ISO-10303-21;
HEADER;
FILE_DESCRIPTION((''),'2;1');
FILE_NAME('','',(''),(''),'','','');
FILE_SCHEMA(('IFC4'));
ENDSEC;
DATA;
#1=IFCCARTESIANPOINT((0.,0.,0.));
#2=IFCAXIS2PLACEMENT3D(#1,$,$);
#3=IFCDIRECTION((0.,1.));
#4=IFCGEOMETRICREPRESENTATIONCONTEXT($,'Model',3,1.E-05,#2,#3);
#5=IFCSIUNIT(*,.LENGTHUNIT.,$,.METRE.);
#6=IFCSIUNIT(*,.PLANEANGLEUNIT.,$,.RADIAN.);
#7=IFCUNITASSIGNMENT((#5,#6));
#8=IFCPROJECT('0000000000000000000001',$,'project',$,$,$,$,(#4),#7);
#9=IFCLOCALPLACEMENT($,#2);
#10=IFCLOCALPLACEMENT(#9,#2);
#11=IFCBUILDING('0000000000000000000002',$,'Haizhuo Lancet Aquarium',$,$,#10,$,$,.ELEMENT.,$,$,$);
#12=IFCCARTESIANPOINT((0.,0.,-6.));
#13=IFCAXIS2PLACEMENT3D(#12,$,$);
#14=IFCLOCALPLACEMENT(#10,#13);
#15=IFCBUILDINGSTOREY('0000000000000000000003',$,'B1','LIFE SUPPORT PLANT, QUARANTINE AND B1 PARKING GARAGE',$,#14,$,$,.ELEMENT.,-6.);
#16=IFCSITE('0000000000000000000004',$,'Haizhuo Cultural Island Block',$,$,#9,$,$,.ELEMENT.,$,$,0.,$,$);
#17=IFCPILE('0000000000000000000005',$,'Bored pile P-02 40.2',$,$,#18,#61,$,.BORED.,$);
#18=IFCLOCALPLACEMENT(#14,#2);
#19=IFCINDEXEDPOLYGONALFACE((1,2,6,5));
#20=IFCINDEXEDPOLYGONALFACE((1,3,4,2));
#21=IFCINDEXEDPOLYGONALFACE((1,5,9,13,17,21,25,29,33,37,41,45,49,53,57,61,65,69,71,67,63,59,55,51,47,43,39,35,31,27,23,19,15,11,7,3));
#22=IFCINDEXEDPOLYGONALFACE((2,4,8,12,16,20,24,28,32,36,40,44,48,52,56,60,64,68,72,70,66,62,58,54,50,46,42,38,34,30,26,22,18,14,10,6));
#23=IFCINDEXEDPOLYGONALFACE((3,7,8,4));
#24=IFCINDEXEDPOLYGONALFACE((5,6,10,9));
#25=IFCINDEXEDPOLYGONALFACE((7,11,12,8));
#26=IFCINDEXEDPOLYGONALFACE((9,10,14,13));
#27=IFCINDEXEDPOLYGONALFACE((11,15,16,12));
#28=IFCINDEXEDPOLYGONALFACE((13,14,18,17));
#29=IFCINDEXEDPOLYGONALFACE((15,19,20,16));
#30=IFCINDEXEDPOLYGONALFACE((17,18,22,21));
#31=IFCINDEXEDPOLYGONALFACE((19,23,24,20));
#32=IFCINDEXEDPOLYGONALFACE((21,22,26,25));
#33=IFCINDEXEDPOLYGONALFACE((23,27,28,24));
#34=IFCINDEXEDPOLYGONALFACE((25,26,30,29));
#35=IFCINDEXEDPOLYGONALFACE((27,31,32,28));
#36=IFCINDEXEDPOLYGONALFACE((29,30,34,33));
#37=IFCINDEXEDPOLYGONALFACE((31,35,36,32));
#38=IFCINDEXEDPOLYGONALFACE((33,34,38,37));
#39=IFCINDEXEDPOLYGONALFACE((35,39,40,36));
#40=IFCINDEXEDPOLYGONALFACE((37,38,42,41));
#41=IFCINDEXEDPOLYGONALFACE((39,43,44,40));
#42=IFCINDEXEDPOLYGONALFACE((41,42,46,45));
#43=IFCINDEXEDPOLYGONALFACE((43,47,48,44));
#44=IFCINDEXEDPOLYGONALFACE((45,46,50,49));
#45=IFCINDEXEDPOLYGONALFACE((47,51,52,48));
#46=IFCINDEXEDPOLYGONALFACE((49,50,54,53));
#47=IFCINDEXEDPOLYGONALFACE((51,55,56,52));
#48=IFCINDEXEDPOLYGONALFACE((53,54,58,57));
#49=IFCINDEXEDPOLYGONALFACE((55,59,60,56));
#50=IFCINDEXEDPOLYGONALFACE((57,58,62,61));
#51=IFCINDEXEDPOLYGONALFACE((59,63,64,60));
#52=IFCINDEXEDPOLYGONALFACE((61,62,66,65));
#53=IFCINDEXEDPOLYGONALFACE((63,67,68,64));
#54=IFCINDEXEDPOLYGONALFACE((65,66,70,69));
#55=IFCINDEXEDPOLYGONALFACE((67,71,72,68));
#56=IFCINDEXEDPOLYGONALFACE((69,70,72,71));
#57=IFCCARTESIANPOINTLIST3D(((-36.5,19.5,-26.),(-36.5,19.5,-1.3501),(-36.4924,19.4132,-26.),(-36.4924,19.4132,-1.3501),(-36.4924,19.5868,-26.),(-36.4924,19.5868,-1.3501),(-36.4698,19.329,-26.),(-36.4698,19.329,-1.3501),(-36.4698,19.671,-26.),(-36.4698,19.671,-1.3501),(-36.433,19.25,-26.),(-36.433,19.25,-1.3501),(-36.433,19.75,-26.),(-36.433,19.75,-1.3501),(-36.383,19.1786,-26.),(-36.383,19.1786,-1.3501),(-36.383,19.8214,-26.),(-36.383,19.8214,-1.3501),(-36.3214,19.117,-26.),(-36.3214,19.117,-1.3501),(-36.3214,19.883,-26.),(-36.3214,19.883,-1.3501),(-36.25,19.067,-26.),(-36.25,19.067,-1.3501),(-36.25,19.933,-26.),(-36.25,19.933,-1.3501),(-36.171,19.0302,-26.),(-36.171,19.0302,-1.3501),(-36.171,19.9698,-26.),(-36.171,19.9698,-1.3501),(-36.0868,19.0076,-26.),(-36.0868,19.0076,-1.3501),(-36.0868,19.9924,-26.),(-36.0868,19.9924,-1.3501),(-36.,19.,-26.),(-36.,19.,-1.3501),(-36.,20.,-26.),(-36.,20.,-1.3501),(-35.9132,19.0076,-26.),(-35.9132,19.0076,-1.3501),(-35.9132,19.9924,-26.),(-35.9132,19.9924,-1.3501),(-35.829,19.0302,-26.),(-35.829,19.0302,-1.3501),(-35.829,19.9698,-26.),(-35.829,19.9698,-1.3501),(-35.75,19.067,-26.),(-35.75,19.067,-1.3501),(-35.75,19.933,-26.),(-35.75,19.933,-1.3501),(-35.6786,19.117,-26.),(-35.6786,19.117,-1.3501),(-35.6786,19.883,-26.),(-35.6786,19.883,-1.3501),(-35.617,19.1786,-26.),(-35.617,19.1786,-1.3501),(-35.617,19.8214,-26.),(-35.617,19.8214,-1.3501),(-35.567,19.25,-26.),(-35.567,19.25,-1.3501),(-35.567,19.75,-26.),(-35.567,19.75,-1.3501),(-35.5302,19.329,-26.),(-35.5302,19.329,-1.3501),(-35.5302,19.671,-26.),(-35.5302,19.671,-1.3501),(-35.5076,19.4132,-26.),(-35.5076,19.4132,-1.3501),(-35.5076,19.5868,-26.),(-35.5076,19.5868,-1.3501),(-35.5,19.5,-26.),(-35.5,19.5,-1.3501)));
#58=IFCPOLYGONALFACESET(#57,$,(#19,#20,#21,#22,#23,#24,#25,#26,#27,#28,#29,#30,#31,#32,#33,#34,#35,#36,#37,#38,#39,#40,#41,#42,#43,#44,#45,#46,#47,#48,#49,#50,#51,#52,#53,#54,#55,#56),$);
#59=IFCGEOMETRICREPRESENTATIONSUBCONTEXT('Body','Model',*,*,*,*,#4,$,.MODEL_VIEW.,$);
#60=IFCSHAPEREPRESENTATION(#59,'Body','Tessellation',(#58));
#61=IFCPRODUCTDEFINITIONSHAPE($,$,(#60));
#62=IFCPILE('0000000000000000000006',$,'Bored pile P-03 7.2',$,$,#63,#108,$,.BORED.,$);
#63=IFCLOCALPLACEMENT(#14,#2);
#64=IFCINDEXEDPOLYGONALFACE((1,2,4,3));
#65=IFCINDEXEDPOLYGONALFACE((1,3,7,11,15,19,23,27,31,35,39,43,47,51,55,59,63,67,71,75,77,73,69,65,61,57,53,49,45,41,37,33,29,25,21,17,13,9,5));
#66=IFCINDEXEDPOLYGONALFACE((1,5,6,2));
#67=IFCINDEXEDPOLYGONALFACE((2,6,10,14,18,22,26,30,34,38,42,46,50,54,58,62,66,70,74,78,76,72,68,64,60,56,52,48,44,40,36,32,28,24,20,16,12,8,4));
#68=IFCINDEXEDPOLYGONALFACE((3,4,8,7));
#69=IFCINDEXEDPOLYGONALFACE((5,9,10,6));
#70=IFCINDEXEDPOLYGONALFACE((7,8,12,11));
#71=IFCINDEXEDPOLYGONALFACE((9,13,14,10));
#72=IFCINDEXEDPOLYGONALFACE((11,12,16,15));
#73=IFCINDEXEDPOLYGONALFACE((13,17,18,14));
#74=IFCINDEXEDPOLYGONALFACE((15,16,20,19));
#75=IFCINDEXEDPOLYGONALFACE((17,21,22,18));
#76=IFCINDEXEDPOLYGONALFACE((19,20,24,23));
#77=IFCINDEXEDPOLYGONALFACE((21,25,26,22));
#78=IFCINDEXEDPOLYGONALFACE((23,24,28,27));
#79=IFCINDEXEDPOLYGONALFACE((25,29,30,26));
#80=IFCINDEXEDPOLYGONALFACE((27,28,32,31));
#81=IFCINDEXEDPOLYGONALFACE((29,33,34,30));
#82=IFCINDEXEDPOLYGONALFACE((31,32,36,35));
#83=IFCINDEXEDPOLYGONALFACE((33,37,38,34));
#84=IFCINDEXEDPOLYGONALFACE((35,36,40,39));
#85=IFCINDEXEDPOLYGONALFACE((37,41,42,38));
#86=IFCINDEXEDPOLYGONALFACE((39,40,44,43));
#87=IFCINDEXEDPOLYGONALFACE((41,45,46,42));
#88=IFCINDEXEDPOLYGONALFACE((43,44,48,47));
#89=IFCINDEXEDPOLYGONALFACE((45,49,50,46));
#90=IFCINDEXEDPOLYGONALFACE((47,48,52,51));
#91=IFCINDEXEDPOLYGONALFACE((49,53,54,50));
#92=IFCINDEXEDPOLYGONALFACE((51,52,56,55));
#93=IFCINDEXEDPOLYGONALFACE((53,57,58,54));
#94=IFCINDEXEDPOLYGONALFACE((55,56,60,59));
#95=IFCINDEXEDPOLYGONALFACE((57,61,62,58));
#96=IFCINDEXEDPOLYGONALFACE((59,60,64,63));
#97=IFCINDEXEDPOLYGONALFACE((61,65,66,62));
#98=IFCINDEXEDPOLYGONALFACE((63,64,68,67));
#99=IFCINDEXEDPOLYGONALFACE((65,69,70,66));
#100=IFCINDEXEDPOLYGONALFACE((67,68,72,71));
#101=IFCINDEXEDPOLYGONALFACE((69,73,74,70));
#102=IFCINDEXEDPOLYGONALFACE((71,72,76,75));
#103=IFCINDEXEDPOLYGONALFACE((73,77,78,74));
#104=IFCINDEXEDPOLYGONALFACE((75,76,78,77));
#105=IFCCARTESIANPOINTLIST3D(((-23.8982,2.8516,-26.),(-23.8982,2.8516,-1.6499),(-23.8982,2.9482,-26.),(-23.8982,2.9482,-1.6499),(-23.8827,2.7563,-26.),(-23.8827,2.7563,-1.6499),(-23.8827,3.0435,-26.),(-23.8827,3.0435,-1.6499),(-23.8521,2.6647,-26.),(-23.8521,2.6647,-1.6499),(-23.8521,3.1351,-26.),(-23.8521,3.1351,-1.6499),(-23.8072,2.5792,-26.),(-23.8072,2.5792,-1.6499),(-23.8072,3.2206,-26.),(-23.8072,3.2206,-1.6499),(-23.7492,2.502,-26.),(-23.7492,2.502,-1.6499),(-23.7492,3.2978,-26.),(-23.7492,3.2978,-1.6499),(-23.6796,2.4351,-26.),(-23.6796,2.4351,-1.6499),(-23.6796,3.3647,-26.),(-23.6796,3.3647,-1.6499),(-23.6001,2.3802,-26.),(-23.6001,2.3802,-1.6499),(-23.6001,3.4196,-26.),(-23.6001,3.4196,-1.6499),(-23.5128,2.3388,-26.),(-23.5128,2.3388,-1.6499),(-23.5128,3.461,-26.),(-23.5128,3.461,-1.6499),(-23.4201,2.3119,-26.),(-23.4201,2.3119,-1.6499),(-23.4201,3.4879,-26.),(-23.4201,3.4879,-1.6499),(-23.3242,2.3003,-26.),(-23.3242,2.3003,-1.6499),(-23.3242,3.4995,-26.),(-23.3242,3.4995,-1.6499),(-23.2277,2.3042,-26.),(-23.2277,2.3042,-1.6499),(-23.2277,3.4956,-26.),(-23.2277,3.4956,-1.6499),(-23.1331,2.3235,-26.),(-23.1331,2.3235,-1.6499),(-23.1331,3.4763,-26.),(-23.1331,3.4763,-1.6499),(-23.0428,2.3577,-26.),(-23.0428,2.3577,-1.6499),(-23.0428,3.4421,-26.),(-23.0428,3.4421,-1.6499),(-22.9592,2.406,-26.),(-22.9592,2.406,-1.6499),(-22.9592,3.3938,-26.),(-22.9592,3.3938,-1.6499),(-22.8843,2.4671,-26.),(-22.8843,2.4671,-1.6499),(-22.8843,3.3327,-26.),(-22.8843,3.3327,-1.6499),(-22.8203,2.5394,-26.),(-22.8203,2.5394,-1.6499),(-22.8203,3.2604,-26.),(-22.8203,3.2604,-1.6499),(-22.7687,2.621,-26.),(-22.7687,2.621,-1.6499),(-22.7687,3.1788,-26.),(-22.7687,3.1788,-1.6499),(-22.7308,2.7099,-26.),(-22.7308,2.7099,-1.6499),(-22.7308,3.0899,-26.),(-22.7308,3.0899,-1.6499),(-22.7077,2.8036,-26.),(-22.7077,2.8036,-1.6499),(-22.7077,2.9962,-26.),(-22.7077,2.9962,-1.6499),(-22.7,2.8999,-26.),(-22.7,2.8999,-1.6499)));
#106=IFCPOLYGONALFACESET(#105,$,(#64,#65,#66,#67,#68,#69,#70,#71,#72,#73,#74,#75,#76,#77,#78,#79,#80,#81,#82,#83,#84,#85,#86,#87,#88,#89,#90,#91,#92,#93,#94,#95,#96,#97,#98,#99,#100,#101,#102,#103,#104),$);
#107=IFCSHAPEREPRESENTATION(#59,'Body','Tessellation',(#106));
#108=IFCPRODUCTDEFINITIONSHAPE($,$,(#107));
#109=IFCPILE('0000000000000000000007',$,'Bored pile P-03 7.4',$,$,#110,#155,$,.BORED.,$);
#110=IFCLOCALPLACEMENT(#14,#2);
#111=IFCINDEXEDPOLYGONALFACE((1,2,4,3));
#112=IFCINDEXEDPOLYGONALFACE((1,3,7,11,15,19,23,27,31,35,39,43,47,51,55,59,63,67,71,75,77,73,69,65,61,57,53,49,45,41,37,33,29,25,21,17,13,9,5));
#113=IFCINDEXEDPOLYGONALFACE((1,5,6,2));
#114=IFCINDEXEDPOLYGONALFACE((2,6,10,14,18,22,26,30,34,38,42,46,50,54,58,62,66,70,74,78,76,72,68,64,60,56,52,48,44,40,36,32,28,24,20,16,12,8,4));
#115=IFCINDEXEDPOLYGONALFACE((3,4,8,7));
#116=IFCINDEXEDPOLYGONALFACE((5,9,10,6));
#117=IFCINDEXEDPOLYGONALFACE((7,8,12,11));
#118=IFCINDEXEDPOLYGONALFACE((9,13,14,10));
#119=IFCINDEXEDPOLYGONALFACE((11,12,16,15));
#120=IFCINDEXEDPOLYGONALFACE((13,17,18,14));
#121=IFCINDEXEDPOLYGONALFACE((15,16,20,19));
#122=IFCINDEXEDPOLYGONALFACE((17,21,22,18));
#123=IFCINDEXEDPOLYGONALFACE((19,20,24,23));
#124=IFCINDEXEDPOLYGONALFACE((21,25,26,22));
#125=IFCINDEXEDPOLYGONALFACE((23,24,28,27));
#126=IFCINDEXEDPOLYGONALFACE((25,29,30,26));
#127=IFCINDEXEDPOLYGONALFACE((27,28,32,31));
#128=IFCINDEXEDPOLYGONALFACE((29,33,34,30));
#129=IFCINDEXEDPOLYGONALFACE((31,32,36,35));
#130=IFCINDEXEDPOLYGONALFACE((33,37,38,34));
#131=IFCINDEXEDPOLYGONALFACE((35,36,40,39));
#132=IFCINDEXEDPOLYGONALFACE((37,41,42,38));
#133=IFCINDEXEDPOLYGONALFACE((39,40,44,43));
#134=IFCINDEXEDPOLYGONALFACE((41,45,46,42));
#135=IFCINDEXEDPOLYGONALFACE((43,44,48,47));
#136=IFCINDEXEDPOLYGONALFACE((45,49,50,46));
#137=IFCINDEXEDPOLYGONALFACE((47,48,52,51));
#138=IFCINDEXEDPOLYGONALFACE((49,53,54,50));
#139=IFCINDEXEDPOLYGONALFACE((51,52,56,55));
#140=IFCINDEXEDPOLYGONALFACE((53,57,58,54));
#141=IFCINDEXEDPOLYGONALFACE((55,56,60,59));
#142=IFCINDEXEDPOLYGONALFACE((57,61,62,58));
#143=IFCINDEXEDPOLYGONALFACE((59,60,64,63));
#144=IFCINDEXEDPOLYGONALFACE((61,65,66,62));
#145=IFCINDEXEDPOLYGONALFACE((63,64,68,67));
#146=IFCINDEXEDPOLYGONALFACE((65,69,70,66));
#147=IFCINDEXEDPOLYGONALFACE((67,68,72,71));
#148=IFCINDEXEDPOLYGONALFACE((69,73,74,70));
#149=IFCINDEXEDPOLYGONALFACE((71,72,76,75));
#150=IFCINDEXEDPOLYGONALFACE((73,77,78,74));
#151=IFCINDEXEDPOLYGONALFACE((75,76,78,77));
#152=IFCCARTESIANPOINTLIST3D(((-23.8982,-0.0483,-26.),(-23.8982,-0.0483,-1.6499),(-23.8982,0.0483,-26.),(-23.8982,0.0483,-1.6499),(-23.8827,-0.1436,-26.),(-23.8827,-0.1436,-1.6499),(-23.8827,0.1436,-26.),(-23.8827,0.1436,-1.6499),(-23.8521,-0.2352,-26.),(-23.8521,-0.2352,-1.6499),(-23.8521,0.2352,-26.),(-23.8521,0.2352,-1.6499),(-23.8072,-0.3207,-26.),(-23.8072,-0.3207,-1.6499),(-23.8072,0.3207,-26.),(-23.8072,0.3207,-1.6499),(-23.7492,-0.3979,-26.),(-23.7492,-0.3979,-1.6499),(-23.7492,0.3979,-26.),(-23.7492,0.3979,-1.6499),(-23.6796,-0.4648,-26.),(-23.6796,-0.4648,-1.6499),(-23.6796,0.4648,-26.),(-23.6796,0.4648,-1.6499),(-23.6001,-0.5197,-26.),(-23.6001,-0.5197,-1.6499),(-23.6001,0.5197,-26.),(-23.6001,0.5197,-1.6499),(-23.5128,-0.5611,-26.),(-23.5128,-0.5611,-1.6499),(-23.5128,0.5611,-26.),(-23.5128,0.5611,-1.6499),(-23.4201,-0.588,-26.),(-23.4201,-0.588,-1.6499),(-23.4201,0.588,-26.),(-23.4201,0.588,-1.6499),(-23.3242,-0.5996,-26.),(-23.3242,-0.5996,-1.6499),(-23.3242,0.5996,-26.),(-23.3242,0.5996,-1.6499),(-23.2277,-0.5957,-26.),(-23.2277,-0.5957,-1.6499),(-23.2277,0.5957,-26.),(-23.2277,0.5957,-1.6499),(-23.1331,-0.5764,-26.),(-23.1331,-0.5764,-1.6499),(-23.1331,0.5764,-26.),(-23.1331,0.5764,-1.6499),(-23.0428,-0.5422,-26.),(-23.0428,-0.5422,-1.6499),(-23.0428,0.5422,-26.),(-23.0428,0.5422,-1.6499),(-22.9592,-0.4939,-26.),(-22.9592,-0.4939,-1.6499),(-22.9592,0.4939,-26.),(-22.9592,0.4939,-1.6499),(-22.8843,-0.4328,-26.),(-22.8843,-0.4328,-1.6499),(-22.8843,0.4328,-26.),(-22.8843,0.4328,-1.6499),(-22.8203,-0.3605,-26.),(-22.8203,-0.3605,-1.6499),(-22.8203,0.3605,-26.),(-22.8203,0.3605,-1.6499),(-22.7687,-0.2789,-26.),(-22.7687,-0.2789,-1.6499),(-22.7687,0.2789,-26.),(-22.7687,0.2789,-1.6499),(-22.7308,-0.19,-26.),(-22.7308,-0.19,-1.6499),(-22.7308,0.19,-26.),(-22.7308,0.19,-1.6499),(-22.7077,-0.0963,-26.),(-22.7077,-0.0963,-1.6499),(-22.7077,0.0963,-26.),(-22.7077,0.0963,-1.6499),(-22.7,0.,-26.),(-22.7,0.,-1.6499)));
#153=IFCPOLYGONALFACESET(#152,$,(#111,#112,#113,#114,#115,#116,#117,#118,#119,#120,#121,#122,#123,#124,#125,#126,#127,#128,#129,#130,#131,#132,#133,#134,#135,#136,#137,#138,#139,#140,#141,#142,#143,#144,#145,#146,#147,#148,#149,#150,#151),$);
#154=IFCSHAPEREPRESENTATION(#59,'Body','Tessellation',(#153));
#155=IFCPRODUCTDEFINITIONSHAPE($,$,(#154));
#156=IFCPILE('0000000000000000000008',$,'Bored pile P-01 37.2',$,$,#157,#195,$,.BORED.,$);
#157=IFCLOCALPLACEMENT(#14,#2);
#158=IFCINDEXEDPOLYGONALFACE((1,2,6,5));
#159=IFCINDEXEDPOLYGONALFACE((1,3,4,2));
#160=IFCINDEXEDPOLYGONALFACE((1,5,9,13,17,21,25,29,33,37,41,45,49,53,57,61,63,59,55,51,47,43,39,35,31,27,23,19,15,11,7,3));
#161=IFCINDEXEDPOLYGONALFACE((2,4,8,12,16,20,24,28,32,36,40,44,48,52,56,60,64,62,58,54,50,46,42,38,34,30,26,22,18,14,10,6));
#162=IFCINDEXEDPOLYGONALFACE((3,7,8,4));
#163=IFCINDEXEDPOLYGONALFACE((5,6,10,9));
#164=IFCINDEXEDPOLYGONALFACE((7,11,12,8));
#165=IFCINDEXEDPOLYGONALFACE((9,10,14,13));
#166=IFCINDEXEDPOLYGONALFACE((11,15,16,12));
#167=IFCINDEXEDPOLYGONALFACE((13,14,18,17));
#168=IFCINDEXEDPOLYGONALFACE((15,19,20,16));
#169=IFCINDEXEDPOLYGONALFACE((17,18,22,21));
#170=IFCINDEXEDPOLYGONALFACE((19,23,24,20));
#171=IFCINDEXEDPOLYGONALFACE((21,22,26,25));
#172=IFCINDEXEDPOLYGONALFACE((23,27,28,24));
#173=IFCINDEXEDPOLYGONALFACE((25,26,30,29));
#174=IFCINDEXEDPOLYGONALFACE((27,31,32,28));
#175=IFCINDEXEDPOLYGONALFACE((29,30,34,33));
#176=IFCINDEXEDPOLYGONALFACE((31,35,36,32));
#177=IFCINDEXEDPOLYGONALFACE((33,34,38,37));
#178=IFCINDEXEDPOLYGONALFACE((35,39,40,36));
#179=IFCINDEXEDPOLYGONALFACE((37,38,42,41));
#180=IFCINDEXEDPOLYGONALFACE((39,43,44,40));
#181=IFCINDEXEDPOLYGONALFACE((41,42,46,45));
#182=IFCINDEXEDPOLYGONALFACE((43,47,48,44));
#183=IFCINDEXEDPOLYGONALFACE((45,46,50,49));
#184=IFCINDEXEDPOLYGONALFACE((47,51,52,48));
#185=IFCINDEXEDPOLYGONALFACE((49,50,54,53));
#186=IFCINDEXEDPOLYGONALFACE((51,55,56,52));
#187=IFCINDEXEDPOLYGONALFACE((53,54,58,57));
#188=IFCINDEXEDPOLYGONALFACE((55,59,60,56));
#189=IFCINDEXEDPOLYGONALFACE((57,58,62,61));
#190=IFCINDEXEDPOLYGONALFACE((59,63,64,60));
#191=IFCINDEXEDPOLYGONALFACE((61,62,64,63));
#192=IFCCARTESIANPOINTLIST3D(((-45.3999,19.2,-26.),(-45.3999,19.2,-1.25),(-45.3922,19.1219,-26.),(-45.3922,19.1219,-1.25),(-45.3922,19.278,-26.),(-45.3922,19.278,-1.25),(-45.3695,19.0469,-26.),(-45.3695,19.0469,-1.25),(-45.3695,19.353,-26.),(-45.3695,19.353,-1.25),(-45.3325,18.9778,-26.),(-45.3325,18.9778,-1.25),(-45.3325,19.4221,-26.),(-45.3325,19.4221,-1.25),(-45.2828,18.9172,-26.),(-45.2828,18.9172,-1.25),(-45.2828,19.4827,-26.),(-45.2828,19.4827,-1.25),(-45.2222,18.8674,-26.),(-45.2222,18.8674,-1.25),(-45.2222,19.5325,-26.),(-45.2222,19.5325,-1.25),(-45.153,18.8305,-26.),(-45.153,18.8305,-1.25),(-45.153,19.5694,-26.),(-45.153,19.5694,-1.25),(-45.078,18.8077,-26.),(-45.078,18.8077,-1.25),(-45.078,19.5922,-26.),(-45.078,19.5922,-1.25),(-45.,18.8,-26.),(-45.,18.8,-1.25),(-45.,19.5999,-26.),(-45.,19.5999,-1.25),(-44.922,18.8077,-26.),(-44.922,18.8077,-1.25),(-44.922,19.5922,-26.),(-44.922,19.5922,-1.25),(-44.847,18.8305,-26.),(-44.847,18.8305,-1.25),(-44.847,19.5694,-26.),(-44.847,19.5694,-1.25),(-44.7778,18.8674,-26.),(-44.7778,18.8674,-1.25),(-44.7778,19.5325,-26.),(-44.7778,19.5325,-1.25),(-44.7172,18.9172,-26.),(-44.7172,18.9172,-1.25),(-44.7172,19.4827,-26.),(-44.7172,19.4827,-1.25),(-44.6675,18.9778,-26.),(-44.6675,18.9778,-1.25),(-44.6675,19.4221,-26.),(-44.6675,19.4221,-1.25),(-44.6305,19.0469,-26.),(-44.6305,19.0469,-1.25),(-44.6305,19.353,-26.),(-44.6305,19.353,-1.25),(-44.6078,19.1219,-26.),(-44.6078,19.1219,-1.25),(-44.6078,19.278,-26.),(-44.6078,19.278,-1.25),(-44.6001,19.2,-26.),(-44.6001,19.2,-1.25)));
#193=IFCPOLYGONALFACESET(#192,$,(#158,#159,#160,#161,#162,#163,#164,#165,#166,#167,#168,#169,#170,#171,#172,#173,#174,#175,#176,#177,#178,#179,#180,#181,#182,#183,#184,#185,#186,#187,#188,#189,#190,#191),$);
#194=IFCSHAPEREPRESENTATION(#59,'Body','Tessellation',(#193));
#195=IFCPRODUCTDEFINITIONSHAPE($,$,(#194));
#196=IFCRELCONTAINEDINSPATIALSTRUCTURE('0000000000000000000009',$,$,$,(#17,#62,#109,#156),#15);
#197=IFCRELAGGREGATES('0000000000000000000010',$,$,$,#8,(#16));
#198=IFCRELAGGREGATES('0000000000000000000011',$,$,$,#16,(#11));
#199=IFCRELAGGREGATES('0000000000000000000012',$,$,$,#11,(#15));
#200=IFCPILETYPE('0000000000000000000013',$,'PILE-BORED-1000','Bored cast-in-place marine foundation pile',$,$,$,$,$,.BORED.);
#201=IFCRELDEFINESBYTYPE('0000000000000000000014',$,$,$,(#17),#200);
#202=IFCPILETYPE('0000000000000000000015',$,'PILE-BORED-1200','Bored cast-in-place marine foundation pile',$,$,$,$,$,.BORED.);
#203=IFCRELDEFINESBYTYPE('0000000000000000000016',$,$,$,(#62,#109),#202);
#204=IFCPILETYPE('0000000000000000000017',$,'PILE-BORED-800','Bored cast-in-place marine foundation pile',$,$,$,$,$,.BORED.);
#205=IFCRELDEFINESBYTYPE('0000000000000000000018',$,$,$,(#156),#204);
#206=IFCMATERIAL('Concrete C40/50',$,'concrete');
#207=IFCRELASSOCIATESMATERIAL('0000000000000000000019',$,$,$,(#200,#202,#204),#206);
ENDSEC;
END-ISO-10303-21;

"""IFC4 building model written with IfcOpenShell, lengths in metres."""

from ifc_helpers import new_model, si_unit, direction, frame, origin, origin_2d, place, context, subcontext, project, spatial, circle, extrude, material, material_profile, profile_set, type_object, element, save


model = new_model("IFC4")

# Units and contexts
model_context = context("Model", 3, precision=1e-05, world=origin(), true_north=direction((0.0, 1.0)))
body_context = subcontext(model_context, "Body", "Model", "MODEL_VIEW")
ifc_project = project(units=[si_unit("LENGTHUNIT", "METRE"), si_unit("PLANEANGLEUNIT", "RADIAN")], contexts=[model_context])

# Site, building, storey
site_placement = place(None, origin())
site = spatial("IfcSite", under=ifc_project, at=site_placement, Name="Haizhuo Cultural Island Block", CompositionType="ELEMENT", RefElevation=0.0)
building_placement = place(site_placement, origin())
building = spatial("IfcBuilding", under=site, at=building_placement, Name="Haizhuo Lancet Aquarium", CompositionType="ELEMENT")
storey_placement = place(building_placement, frame((0.0, 0.0, -6.0)))
storey = spatial("IfcBuildingStorey", under=building, at=storey_placement, Name="B1", Description="LIFE SUPPORT PLANT, QUARANTINE AND B1 PARKING GARAGE", CompositionType="ELEMENT", Elevation=-6.0)

# Shared definitions
ifc_material_1 = material(Name="Concrete C40/50", Category="concrete")

# Piles
ifc_material_profile_1 = material_profile(ifc_material_1, circle(Radius=0.5, at=origin_2d()), Name="PILE-1000")
ifc_profile_set_1 = profile_set([ifc_material_profile_1], Name="Concrete C40/50")
pile_type_1 = type_object("IfcPileType", Name="PILE-BORED-1000", Description="Bored cast-in-place marine foundation pile", PredefinedType="BORED", material=ifc_profile_set_1)
for number, where, z_axis, x_axis, name in (
    (1, (-36.0, 19.5, -1.3501), (0.0, 0.0, -1.0), (1.0, 0.0, 0.0), "Bored pile P-02 40.2"),
):
    element("IfcPile", number, at=place(storey_placement, frame(where, z_axis=z_axis, x_axis=x_axis)), inside=storey, type_object=pile_type_1, Name=name, PredefinedType="BORED", context=body_context, shape_type="SweptSolid", body=[
        extrude(circle(Radius=0.5, at=origin_2d()), origin(), (0.0, 0.0, 1.0), 24.6499),
    ])
ifc_material_profile_2 = material_profile(ifc_material_1, circle(Radius=0.6001, at=origin_2d()), Name="PILE-1200")
ifc_profile_set_2 = profile_set([ifc_material_profile_2], Name="Concrete C40/50")
pile_type_2 = type_object("IfcPileType", Name="PILE-BORED-1200", Description="Bored cast-in-place marine foundation pile", PredefinedType="BORED", material=ifc_profile_set_2)
for number, where, z_axis, x_axis, name in (
    (2, (-23.3, 2.8999, -1.6499), (0.0, 0.0, -1.0), (1.0, 0.0, 0.0), "Bored pile P-03 7.2"),
    (3, (-23.3, 0.0, -1.6499), (0.0, 0.0, -1.0), (1.0, 0.0, 0.0), "Bored pile P-03 7.4"),
):
    element("IfcPile", number, at=place(storey_placement, frame(where, z_axis=z_axis, x_axis=x_axis)), inside=storey, type_object=pile_type_2, Name=name, PredefinedType="BORED", context=body_context, shape_type="SweptSolid", body=[
        extrude(circle(Radius=0.6001, at=origin_2d()), origin(), (0.0, 0.0, 1.0), 24.3501),
    ])
ifc_material_profile_3 = material_profile(ifc_material_1, circle(Radius=0.3999, at=origin_2d()), Name="PILE-800")
ifc_profile_set_3 = profile_set([ifc_material_profile_3], Name="Concrete C40/50")
pile_type_3 = type_object("IfcPileType", Name="PILE-BORED-800", Description="Bored cast-in-place marine foundation pile", PredefinedType="BORED", material=ifc_profile_set_3)
for number, where, z_axis, x_axis, name in (
    (4, (-45.0, 19.2, -1.25), (0.0, 0.0, -1.0), (1.0, 0.0, 0.0), "Bored pile P-01 37.2"),
):
    element("IfcPile", number, at=place(storey_placement, frame(where, z_axis=z_axis, x_axis=x_axis)), inside=storey, type_object=pile_type_3, Name=name, PredefinedType="BORED", context=body_context, shape_type="SweptSolid", body=[
        extrude(circle(Radius=0.3999, at=origin_2d()), origin(), (0.0, 0.0, 1.0), 24.75),
    ])

save(model, "model.ifc")
